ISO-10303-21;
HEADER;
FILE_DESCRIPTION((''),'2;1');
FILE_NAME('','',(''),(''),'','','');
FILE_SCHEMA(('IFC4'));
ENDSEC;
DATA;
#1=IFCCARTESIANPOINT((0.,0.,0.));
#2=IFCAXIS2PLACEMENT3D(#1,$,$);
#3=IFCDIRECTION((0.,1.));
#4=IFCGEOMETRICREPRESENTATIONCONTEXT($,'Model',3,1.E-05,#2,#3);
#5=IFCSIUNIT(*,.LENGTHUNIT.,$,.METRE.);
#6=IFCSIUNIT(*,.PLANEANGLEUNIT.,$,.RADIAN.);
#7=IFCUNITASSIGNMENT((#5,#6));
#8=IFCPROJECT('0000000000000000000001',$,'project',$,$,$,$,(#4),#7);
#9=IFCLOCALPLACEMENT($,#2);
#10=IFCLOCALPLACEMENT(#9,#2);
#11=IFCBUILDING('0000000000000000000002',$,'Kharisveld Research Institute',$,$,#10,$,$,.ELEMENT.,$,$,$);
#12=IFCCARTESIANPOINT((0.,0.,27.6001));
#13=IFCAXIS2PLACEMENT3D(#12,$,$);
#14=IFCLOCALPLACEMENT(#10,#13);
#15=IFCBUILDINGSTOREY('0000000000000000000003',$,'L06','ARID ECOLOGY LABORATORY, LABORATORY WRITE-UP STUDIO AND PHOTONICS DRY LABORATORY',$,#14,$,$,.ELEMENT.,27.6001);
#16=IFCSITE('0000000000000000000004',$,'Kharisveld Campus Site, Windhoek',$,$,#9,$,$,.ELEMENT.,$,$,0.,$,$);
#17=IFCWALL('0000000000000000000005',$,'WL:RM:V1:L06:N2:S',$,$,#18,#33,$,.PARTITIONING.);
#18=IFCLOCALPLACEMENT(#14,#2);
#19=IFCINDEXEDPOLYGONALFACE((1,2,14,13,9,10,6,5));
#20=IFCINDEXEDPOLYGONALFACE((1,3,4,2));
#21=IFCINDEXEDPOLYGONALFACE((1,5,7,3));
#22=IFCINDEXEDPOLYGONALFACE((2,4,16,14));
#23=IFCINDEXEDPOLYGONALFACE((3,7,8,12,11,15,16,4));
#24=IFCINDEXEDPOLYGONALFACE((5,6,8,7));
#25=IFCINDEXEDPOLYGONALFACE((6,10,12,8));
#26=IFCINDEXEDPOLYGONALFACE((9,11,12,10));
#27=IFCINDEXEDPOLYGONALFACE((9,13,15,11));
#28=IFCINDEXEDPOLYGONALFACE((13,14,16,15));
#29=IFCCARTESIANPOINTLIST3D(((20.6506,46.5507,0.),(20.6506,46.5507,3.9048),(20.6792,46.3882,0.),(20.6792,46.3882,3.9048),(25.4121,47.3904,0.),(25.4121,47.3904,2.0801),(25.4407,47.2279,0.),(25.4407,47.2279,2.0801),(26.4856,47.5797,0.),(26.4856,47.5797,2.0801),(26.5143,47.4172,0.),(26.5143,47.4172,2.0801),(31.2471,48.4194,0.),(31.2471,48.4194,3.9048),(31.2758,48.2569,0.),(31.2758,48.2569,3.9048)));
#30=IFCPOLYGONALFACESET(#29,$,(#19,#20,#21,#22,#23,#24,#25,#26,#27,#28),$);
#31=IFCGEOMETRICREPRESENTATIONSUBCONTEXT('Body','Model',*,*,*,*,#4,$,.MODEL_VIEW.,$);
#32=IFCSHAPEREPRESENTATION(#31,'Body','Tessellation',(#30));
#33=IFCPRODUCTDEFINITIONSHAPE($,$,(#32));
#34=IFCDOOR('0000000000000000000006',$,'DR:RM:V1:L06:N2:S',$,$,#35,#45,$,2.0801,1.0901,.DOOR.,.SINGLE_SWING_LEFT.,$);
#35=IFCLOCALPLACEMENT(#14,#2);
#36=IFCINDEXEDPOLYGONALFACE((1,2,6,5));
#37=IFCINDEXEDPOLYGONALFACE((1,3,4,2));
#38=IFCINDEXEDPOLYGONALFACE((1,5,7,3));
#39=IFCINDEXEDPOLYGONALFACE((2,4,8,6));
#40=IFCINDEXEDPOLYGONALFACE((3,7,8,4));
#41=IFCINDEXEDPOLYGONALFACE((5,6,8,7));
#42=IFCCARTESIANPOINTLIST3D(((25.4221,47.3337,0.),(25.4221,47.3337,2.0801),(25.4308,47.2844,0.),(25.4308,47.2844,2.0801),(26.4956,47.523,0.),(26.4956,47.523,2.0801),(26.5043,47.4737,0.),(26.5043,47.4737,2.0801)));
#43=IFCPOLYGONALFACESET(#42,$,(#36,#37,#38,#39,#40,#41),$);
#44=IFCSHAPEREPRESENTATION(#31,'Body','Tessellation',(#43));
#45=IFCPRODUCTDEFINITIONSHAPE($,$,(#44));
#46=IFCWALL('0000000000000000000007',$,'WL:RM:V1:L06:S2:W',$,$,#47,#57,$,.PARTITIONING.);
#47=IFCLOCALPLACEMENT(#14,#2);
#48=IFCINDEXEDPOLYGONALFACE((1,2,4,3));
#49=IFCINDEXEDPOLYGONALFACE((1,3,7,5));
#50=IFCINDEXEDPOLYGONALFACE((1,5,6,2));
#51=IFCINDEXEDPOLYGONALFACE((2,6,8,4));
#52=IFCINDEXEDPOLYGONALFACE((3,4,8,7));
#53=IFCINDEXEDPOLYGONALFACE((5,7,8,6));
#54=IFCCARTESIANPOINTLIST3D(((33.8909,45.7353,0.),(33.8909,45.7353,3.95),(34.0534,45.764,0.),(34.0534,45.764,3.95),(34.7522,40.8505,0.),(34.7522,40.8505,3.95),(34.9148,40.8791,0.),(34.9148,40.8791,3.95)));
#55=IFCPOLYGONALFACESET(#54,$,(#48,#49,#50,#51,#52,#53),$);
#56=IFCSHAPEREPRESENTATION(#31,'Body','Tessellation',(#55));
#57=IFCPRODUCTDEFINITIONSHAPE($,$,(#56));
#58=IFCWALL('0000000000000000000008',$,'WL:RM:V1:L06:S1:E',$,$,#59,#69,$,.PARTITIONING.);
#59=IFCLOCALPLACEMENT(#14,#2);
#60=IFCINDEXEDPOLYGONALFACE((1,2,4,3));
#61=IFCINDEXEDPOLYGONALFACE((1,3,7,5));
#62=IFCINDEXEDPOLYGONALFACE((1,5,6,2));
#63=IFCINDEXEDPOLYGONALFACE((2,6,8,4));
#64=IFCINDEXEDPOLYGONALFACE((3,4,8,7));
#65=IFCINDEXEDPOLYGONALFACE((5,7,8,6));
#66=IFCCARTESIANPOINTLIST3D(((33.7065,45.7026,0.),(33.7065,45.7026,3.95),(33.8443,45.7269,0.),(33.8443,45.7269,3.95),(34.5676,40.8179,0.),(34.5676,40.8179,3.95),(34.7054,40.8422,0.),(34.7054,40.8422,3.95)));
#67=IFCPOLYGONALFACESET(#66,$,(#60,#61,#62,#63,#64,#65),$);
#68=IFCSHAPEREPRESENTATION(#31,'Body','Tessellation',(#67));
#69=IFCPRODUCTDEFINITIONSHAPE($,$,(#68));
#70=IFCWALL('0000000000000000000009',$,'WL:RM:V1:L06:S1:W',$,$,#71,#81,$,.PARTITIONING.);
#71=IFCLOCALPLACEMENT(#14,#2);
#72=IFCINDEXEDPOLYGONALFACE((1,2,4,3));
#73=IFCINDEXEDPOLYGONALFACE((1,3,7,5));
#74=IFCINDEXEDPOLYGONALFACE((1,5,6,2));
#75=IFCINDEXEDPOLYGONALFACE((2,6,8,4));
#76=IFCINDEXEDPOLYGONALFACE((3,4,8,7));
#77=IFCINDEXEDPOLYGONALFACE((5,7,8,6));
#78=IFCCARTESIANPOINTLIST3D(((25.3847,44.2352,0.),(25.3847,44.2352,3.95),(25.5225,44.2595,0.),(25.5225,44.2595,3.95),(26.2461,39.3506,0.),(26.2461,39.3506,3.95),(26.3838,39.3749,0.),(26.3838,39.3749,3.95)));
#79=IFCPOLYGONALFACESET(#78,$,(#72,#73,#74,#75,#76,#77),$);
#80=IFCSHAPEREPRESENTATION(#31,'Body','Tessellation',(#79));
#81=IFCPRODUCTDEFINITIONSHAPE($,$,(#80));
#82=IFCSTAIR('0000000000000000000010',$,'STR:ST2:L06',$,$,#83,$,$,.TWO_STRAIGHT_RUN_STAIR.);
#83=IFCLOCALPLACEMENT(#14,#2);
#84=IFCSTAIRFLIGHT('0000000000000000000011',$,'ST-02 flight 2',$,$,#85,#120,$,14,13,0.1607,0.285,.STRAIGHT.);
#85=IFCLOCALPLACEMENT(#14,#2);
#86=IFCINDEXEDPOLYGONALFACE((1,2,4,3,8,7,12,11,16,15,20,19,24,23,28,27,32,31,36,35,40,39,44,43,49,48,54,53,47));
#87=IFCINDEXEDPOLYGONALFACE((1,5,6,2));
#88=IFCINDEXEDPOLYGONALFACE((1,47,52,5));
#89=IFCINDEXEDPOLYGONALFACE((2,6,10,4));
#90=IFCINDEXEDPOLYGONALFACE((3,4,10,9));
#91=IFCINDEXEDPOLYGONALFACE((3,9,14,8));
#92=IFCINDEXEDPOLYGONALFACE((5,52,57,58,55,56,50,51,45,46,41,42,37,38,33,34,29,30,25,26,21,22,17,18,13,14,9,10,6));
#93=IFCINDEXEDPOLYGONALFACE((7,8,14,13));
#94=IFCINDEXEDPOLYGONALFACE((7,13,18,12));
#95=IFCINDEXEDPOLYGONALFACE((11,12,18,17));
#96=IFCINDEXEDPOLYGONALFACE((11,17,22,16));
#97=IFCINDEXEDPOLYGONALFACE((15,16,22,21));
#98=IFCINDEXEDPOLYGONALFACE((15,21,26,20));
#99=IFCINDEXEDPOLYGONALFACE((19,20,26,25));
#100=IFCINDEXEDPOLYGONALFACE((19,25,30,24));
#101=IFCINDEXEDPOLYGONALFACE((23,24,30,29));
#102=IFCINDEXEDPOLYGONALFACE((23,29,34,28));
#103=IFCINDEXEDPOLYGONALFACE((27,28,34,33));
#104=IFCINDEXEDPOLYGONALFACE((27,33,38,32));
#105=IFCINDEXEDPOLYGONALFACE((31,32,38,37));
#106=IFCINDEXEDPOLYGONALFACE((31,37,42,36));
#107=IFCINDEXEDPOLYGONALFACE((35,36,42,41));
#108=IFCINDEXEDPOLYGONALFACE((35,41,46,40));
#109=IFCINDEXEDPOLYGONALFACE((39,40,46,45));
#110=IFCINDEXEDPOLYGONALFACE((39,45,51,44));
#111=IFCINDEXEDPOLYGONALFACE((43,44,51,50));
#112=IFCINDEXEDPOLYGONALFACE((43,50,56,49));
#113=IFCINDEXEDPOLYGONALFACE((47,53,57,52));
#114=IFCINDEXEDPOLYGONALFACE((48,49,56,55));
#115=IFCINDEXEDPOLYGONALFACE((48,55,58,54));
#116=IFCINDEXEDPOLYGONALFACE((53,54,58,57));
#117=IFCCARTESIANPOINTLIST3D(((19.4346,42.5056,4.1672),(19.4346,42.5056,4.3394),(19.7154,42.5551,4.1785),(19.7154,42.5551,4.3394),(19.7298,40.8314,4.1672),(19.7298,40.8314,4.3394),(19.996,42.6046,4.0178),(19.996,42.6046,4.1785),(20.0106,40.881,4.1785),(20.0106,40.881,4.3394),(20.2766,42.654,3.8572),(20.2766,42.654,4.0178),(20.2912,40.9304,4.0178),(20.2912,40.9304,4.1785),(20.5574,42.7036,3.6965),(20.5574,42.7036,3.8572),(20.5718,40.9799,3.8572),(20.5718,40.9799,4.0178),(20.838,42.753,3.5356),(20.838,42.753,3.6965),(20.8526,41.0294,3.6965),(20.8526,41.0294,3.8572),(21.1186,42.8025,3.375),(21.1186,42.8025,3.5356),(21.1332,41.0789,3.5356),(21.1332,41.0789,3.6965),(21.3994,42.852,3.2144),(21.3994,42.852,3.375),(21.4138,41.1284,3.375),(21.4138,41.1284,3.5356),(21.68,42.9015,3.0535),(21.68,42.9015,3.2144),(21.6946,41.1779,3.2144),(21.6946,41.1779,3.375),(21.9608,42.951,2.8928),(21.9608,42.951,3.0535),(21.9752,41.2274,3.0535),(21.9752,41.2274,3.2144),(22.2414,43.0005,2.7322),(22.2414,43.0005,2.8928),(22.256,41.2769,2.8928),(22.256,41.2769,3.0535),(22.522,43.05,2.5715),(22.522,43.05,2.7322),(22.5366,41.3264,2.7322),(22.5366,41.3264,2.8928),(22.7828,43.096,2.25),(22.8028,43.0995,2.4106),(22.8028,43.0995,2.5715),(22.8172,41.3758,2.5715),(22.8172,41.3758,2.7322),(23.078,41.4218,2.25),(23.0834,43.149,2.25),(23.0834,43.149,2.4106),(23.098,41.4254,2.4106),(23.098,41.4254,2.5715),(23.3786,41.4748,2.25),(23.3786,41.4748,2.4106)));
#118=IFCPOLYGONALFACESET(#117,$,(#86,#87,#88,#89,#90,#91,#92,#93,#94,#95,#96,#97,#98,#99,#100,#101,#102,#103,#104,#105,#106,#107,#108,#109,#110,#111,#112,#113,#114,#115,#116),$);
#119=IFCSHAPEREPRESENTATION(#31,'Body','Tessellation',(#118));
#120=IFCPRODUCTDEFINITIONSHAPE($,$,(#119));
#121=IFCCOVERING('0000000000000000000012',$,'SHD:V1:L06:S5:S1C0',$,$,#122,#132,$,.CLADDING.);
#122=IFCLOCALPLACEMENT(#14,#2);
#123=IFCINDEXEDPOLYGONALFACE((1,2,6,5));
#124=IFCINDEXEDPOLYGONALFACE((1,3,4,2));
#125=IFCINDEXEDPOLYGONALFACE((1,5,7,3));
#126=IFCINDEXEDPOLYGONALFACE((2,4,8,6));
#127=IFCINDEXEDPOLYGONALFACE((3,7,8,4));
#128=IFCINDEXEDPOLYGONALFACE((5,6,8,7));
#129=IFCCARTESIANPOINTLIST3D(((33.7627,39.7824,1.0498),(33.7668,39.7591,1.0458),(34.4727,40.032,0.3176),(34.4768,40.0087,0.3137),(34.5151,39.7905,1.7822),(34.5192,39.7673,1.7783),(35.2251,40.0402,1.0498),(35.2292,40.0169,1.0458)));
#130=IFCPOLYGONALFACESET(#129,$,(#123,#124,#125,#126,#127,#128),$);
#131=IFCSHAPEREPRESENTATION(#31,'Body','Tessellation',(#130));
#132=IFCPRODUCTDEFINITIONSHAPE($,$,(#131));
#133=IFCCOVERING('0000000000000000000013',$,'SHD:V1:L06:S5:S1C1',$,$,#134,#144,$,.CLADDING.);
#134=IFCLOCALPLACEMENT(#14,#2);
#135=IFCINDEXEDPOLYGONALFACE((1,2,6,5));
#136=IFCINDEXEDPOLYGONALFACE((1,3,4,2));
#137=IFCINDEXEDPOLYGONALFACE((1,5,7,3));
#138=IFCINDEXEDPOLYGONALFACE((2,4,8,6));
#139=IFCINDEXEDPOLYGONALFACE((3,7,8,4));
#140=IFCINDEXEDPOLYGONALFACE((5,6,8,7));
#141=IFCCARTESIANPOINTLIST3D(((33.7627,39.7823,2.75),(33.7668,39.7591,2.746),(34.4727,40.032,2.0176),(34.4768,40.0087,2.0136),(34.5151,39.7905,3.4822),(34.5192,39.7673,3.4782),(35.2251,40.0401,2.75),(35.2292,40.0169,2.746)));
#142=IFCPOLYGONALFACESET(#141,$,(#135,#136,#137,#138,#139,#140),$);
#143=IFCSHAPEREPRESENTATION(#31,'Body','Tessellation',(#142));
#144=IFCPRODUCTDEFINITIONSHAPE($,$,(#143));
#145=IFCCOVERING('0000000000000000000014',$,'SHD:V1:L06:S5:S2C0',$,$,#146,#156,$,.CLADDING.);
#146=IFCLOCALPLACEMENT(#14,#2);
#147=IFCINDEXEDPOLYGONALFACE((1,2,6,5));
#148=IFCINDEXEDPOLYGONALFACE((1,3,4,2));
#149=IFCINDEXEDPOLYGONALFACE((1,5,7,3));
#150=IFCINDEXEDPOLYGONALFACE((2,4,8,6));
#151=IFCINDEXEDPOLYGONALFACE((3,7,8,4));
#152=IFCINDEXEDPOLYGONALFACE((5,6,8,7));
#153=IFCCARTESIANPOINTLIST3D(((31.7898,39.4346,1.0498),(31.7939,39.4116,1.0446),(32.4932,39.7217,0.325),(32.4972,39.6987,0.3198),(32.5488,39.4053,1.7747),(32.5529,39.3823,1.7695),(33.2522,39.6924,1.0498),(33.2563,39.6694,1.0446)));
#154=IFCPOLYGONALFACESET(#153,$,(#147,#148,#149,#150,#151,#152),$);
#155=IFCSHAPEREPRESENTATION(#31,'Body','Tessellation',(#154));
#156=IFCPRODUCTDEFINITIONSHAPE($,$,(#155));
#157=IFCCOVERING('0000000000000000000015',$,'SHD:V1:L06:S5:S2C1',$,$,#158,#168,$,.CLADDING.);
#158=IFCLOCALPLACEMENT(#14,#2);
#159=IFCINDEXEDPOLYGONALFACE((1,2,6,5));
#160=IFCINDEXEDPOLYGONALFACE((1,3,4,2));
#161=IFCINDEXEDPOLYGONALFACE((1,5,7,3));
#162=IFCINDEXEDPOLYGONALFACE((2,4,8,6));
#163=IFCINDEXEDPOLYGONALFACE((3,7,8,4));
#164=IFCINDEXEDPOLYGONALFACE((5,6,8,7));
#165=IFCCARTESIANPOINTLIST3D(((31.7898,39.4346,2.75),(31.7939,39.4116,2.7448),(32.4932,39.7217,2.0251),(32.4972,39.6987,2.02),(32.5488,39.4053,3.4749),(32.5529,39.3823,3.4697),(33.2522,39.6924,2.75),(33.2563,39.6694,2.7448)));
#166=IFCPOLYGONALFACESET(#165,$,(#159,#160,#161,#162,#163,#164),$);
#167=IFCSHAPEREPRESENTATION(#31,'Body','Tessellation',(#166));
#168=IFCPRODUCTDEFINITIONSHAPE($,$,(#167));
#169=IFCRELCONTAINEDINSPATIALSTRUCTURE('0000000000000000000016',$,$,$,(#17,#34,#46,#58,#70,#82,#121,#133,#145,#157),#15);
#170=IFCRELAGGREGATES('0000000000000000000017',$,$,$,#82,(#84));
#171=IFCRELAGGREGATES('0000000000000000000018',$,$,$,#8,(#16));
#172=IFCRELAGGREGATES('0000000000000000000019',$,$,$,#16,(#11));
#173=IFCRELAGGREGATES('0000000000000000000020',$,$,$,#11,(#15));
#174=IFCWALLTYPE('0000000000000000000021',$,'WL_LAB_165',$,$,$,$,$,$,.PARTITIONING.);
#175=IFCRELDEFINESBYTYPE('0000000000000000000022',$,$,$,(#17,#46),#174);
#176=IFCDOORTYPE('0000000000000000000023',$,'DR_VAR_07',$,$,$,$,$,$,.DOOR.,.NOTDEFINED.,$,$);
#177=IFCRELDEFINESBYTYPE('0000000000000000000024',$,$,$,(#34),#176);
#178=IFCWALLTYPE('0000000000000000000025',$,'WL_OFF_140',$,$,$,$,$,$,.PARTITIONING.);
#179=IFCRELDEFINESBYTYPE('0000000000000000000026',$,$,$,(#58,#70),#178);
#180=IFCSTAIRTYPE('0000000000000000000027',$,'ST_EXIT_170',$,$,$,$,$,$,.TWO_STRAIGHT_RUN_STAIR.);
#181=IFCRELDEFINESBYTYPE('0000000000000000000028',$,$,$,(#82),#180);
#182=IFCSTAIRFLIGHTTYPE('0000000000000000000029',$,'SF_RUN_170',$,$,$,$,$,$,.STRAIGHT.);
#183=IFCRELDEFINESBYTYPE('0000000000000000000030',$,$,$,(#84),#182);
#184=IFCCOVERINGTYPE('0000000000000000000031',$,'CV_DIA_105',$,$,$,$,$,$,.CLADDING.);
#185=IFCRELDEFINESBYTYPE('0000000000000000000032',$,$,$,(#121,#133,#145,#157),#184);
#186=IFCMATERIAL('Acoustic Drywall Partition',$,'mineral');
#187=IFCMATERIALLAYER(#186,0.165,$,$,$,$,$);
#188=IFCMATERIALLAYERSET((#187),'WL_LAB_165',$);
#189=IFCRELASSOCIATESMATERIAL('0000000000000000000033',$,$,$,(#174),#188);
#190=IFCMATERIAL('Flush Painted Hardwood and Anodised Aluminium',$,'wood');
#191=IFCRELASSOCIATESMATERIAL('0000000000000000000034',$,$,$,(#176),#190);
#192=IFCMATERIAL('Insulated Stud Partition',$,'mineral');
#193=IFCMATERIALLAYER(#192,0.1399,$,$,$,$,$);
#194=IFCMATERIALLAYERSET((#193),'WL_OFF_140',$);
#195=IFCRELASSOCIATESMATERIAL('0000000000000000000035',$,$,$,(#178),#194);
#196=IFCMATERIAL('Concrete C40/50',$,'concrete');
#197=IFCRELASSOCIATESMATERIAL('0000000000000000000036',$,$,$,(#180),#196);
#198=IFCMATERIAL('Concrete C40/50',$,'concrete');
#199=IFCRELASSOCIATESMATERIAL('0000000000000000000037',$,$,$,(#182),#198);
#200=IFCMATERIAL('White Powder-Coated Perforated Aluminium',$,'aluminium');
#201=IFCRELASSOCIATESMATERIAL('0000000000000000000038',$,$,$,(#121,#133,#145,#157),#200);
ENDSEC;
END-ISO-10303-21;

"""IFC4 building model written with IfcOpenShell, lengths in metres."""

from ifc_helpers import new_model, si_unit, direction, frame, frame_2d, origin, place, context, subcontext, project, spatial, polyline, rectangle, outline, extrude, material, layer, layer_set, type_object, element, fill, aggregate, save


model = new_model("IFC4")

# Units and contexts
model_context = context("Model", 3, precision=1e-05, world=origin(), true_north=direction((0.0, 1.0)))
body_context = subcontext(model_context, "Body", "Model", "MODEL_VIEW")
ifc_project = project(units=[si_unit("LENGTHUNIT", "METRE"), si_unit("PLANEANGLEUNIT", "RADIAN")], contexts=[model_context])

# Site, building, storey
site_placement = place(None, origin())
site = spatial("IfcSite", under=ifc_project, at=site_placement, Name="Kharisveld Campus Site, Windhoek", CompositionType="ELEMENT", RefElevation=0.0)
building_placement = place(site_placement, origin())
building = spatial("IfcBuilding", under=site, at=building_placement, Name="Kharisveld Research Institute", CompositionType="ELEMENT")
storey_placement = place(building_placement, frame((0.0, 0.0, 27.6001)))
storey = spatial("IfcBuildingStorey", under=building, at=storey_placement, Name="L06", Description="ARID ECOLOGY LABORATORY, LABORATORY WRITE-UP STUDIO AND PHOTONICS DRY LABORATORY", CompositionType="ELEMENT", Elevation=27.6001)

# Wall, opening, door
ifc_material_1 = material(Name="Acoustic Drywall Partition", Category="mineral")
ifc_layer_1 = layer(ifc_material_1, 0.165)
ifc_layer_set_1 = layer_set([ifc_layer_1], Name="WL_LAB_165")
wall_type_1 = type_object("IfcWallType", Name="WL_LAB_165", PredefinedType="PARTITIONING", material=ifc_layer_set_1)
wall_1_placement = place(storey_placement, frame((20.665, 46.4695, 0.0), z_axis=(0.0, 0.0, 1.0), x_axis=(0.984804, 0.173668, 0.0)))
wall_1 = element("IfcWall", 1, at=wall_1_placement, inside=storey, type_object=wall_type_1, Name="WL:RM:V1:L06:N2:S", PredefinedType="PARTITIONING", context=body_context, shape_type="SweptSolid", body=[
    extrude(rectangle(XDim=10.76, YDim=0.165, at=frame_2d((5.3799, 0.0))), origin(), (0.0, 0.0, 1.0), 3.9048),
])
opening_1_placement = place(wall_1_placement, frame((4.835, 0.0, 0.0)))
opening_1 = element("IfcOpeningElement", 2, at=opening_1_placement, cuts=wall_1, PredefinedType="OPENING", context=body_context, shape_type="SweptSolid", body=[
    extrude(rectangle(XDim=1.0901, YDim=2.0801, at=frame_2d((0.5449, 1.04))), frame((0.0, 0.0825, 0.0), z_axis=(0.0, -1.0, 0.0), x_axis=(1.0, 0.0, 0.0)), (0.0, 0.0, 1.0), 0.165),
])
ifc_material_2 = material(Name="Flush Painted Hardwood and Anodised Aluminium", Category="wood")
door_type_1 = type_object("IfcDoorType", Name="DR_VAR_07", OperationType="NOTDEFINED", PredefinedType="DOOR", material=ifc_material_2)
door_1_placement = place(opening_1_placement, origin())
door_1 = element("IfcDoor", 3, at=door_1_placement, inside=storey, type_object=door_type_1, Name="DR:RM:V1:L06:N2:S", OperationType="SINGLE_SWING_LEFT", OverallHeight=2.0801, OverallWidth=1.0901, PredefinedType="DOOR", context=body_context, shape_type="SweptSolid", body=[
    extrude(rectangle(XDim=1.0901, YDim=2.0801, at=frame_2d((0.5449, 1.04))), frame((0.0, 0.0249, 0.0), z_axis=(0.0, -1.0, 0.0), x_axis=(1.0, 0.0, 0.0)), (0.0, 0.0, 1.0), 0.05),
])
fill(opening_1, door_1)

# Walls
wall_2_placement = place(storey_placement, frame((33.9722, 45.7495, 0.0), z_axis=(0.0, 0.0, 1.0), x_axis=(0.173651, -0.984807, 0.0)))
element("IfcWall", 4, at=wall_2_placement, inside=storey, type_object=wall_type_1, Name="WL:RM:V1:L06:S2:W", PredefinedType="PARTITIONING", context=body_context, shape_type="SweptSolid", body=[
    extrude(rectangle(XDim=4.9602, YDim=0.165, at=frame_2d((2.48, 0.0))), origin(), (0.0, 0.0, 1.0), 3.95),
])
ifc_material_3 = material(Name="Insulated Stud Partition", Category="mineral")
ifc_layer_2 = layer(ifc_material_3, 0.1399)
ifc_layer_set_2 = layer_set([ifc_layer_2], Name="WL_OFF_140")
wall_type_2 = type_object("IfcWallType", Name="WL_OFF_140", PredefinedType="PARTITIONING", material=ifc_layer_set_2)
wall_3_placement = place(storey_placement, frame((34.6365, 40.8301, 0.0), z_axis=(0.0, 0.0, 1.0), x_axis=(-0.173611, 0.984814, 0.0)))
element("IfcWall", 5, at=wall_3_placement, inside=storey, type_object=wall_type_2, Name="WL:RM:V1:L06:S1:E", PredefinedType="PARTITIONING", context=body_context, shape_type="SweptSolid", body=[
    extrude(rectangle(XDim=4.96, YDim=0.1399, at=frame_2d((2.48, 0.0))), origin(), (0.0, 0.0, 1.0), 3.95),
])

# Wall
wall_4_placement = place(storey_placement, frame((25.4536, 44.2473, 0.0), z_axis=(0.0, 0.0, 1.0), x_axis=(0.173659, -0.984806, 0.0)))
element("IfcWall", 6, at=wall_4_placement, inside=storey, type_object=wall_type_2, Name="WL:RM:V1:L06:S1:W", PredefinedType="PARTITIONING", context=body_context, shape_type="SweptSolid", body=[
    extrude(rectangle(XDim=4.96, YDim=0.1399, at=frame_2d((2.48, 0.0))), origin(), (0.0, 0.0, 1.0), 3.95),
])

# Stair, stair flight
ifc_material_4 = material(Name="Concrete C40/50", Category="concrete")
stair_type = type_object("IfcStairType", Name="ST_EXIT_170", PredefinedType="TWO_STRAIGHT_RUN_STAIR", material=ifc_material_4)
stair_placement = place(storey_placement, origin())
stair = element("IfcStair", 7, at=stair_placement, inside=storey, type_object=stair_type, Name="STR:ST2:L06", PredefinedType="TWO_STRAIGHT_RUN_STAIR")
ifc_material_5 = material(Name="Concrete C40/50", Category="concrete")
stair_flight_type = type_object("IfcStairFlightType", Name="SF_RUN_170", PredefinedType="STRAIGHT", material=ifc_material_5)
stair_flight_placement = place(storey_placement, frame((23.231, 42.312, 2.25), z_axis=(0.0, 0.0, 1.0), x_axis=(-0.984808, -0.173648, 0.0)))
stair_flight = element("IfcStairFlight", 8, at=stair_flight_placement, type_object=stair_flight_type, Name="ST-02 flight 2", NumberOfRisers=14, NumberOfTreads=13, PredefinedType="STRAIGHT", RiserHeight=0.1607, TreadLength=0.285, context=body_context, shape_type="SweptSolid", body=[
    extrude(outline(polyline([(0.0, 0.0), (0.0, 0.1606), (0.2849, 0.1606), (0.2849, 0.3215), (0.5701, 0.3215), (0.5701, 0.4822), (0.855, 0.4822), (0.855, 0.6428), (1.1399, 0.6428), (1.1399, 0.8035), (1.425, 0.8035), (1.425, 0.9644), (1.71, 0.9644), (1.71, 1.125), (1.9951, 1.125), (1.9951, 1.2856), (2.28, 1.2856), (2.28, 1.4465), (2.5649, 1.4465), (2.5649, 1.6072), (2.8501, 1.6072), (2.8501, 1.7678), (3.135, 1.7678), (3.135, 1.9285), (3.4199, 1.9285), (3.4199, 2.0894), (3.7051, 2.0894), (3.7051, 2.25), (3.7051, 1.9172), (0.3052, 0.0), (0.0, 0.0)])), frame((0.0, 0.8501, 0.0), z_axis=(0.0, -1.0, 0.0), x_axis=(1.0, 0.0, 0.0)), (0.0, 0.0, 1.0), 1.7),
])
aggregate(stair, [stair_flight])

# Coverings
ifc_material_6 = material(Name="White Powder-Coated Perforated Aluminium", Category="aluminium")
covering_type = type_object("IfcCoveringType", Name="CV_DIA_105", PredefinedType="CLADDING")
covering_1_placement = place(storey_placement, frame((34.4727, 40.032, 0.3176), z_axis=(-0.171234, 0.971299, 0.165096), x_axis=(-0.676173, -0.237734, 0.697333)))
element("IfcCovering", 9, at=covering_1_placement, inside=storey, type_object=covering_type, material=ifc_material_6, Name="SHD:V1:L06:S5:S1C0", PredefinedType="CLADDING", context=body_context, shape_type="SweptSolid", body=[
    extrude(outline(polyline([(0.0, 0.0), (1.0499, 0.0), (1.05, 1.0501), (-0.0002, 1.0499), (0.0, 0.0)])), origin(), (0.0, 0.0, -1.0), 0.0239),
])
covering_2_placement = place(storey_placement, frame((34.4727, 40.032, 2.0176), z_axis=(-0.171234, 0.971299, 0.165096), x_axis=(-0.676056, -0.237732, 0.697446)))
element("IfcCovering", 10, at=covering_2_placement, inside=storey, type_object=covering_type, material=ifc_material_6, Name="SHD:V1:L06:S5:S1C1", PredefinedType="CLADDING", context=body_context, shape_type="SweptSolid", body=[
    extrude(outline(polyline([(0.0, 0.0), (1.0501, 0.0), (1.0502, 1.0499), (0.0002, 1.0501), (0.0, 0.0)])), origin(), (0.0, 0.0, -1.0), 0.0239),
])
for number, where, z_axis, x_axis, name in (
    (11, (32.4932, 39.7217, 0.325), (-0.169504, 0.961487, 0.216358), (-0.669853, -0.273429, 0.690314), "SHD:V1:L06:S5:S2C0"),
    (12, (32.4932, 39.7217, 2.0251), (-0.169504, 0.961487, 0.216358), (-0.669853, -0.273429, 0.690314), "SHD:V1:L06:S5:S2C1"),
):
    element("IfcCovering", number, at=place(storey_placement, frame(where, z_axis=z_axis, x_axis=x_axis)), inside=storey, type_object=covering_type, material=ifc_material_6, Name=name, PredefinedType="CLADDING", context=body_context, shape_type="SweptSolid", body=[
        extrude(outline(polyline([(0.0, 0.0), (1.05, 0.0), (1.05, 1.05), (-0.0001, 1.05), (0.0, 0.0)])), origin(), (0.0, 0.0, -1.0), 0.0239),
    ])

save(model, "model.ifc")
